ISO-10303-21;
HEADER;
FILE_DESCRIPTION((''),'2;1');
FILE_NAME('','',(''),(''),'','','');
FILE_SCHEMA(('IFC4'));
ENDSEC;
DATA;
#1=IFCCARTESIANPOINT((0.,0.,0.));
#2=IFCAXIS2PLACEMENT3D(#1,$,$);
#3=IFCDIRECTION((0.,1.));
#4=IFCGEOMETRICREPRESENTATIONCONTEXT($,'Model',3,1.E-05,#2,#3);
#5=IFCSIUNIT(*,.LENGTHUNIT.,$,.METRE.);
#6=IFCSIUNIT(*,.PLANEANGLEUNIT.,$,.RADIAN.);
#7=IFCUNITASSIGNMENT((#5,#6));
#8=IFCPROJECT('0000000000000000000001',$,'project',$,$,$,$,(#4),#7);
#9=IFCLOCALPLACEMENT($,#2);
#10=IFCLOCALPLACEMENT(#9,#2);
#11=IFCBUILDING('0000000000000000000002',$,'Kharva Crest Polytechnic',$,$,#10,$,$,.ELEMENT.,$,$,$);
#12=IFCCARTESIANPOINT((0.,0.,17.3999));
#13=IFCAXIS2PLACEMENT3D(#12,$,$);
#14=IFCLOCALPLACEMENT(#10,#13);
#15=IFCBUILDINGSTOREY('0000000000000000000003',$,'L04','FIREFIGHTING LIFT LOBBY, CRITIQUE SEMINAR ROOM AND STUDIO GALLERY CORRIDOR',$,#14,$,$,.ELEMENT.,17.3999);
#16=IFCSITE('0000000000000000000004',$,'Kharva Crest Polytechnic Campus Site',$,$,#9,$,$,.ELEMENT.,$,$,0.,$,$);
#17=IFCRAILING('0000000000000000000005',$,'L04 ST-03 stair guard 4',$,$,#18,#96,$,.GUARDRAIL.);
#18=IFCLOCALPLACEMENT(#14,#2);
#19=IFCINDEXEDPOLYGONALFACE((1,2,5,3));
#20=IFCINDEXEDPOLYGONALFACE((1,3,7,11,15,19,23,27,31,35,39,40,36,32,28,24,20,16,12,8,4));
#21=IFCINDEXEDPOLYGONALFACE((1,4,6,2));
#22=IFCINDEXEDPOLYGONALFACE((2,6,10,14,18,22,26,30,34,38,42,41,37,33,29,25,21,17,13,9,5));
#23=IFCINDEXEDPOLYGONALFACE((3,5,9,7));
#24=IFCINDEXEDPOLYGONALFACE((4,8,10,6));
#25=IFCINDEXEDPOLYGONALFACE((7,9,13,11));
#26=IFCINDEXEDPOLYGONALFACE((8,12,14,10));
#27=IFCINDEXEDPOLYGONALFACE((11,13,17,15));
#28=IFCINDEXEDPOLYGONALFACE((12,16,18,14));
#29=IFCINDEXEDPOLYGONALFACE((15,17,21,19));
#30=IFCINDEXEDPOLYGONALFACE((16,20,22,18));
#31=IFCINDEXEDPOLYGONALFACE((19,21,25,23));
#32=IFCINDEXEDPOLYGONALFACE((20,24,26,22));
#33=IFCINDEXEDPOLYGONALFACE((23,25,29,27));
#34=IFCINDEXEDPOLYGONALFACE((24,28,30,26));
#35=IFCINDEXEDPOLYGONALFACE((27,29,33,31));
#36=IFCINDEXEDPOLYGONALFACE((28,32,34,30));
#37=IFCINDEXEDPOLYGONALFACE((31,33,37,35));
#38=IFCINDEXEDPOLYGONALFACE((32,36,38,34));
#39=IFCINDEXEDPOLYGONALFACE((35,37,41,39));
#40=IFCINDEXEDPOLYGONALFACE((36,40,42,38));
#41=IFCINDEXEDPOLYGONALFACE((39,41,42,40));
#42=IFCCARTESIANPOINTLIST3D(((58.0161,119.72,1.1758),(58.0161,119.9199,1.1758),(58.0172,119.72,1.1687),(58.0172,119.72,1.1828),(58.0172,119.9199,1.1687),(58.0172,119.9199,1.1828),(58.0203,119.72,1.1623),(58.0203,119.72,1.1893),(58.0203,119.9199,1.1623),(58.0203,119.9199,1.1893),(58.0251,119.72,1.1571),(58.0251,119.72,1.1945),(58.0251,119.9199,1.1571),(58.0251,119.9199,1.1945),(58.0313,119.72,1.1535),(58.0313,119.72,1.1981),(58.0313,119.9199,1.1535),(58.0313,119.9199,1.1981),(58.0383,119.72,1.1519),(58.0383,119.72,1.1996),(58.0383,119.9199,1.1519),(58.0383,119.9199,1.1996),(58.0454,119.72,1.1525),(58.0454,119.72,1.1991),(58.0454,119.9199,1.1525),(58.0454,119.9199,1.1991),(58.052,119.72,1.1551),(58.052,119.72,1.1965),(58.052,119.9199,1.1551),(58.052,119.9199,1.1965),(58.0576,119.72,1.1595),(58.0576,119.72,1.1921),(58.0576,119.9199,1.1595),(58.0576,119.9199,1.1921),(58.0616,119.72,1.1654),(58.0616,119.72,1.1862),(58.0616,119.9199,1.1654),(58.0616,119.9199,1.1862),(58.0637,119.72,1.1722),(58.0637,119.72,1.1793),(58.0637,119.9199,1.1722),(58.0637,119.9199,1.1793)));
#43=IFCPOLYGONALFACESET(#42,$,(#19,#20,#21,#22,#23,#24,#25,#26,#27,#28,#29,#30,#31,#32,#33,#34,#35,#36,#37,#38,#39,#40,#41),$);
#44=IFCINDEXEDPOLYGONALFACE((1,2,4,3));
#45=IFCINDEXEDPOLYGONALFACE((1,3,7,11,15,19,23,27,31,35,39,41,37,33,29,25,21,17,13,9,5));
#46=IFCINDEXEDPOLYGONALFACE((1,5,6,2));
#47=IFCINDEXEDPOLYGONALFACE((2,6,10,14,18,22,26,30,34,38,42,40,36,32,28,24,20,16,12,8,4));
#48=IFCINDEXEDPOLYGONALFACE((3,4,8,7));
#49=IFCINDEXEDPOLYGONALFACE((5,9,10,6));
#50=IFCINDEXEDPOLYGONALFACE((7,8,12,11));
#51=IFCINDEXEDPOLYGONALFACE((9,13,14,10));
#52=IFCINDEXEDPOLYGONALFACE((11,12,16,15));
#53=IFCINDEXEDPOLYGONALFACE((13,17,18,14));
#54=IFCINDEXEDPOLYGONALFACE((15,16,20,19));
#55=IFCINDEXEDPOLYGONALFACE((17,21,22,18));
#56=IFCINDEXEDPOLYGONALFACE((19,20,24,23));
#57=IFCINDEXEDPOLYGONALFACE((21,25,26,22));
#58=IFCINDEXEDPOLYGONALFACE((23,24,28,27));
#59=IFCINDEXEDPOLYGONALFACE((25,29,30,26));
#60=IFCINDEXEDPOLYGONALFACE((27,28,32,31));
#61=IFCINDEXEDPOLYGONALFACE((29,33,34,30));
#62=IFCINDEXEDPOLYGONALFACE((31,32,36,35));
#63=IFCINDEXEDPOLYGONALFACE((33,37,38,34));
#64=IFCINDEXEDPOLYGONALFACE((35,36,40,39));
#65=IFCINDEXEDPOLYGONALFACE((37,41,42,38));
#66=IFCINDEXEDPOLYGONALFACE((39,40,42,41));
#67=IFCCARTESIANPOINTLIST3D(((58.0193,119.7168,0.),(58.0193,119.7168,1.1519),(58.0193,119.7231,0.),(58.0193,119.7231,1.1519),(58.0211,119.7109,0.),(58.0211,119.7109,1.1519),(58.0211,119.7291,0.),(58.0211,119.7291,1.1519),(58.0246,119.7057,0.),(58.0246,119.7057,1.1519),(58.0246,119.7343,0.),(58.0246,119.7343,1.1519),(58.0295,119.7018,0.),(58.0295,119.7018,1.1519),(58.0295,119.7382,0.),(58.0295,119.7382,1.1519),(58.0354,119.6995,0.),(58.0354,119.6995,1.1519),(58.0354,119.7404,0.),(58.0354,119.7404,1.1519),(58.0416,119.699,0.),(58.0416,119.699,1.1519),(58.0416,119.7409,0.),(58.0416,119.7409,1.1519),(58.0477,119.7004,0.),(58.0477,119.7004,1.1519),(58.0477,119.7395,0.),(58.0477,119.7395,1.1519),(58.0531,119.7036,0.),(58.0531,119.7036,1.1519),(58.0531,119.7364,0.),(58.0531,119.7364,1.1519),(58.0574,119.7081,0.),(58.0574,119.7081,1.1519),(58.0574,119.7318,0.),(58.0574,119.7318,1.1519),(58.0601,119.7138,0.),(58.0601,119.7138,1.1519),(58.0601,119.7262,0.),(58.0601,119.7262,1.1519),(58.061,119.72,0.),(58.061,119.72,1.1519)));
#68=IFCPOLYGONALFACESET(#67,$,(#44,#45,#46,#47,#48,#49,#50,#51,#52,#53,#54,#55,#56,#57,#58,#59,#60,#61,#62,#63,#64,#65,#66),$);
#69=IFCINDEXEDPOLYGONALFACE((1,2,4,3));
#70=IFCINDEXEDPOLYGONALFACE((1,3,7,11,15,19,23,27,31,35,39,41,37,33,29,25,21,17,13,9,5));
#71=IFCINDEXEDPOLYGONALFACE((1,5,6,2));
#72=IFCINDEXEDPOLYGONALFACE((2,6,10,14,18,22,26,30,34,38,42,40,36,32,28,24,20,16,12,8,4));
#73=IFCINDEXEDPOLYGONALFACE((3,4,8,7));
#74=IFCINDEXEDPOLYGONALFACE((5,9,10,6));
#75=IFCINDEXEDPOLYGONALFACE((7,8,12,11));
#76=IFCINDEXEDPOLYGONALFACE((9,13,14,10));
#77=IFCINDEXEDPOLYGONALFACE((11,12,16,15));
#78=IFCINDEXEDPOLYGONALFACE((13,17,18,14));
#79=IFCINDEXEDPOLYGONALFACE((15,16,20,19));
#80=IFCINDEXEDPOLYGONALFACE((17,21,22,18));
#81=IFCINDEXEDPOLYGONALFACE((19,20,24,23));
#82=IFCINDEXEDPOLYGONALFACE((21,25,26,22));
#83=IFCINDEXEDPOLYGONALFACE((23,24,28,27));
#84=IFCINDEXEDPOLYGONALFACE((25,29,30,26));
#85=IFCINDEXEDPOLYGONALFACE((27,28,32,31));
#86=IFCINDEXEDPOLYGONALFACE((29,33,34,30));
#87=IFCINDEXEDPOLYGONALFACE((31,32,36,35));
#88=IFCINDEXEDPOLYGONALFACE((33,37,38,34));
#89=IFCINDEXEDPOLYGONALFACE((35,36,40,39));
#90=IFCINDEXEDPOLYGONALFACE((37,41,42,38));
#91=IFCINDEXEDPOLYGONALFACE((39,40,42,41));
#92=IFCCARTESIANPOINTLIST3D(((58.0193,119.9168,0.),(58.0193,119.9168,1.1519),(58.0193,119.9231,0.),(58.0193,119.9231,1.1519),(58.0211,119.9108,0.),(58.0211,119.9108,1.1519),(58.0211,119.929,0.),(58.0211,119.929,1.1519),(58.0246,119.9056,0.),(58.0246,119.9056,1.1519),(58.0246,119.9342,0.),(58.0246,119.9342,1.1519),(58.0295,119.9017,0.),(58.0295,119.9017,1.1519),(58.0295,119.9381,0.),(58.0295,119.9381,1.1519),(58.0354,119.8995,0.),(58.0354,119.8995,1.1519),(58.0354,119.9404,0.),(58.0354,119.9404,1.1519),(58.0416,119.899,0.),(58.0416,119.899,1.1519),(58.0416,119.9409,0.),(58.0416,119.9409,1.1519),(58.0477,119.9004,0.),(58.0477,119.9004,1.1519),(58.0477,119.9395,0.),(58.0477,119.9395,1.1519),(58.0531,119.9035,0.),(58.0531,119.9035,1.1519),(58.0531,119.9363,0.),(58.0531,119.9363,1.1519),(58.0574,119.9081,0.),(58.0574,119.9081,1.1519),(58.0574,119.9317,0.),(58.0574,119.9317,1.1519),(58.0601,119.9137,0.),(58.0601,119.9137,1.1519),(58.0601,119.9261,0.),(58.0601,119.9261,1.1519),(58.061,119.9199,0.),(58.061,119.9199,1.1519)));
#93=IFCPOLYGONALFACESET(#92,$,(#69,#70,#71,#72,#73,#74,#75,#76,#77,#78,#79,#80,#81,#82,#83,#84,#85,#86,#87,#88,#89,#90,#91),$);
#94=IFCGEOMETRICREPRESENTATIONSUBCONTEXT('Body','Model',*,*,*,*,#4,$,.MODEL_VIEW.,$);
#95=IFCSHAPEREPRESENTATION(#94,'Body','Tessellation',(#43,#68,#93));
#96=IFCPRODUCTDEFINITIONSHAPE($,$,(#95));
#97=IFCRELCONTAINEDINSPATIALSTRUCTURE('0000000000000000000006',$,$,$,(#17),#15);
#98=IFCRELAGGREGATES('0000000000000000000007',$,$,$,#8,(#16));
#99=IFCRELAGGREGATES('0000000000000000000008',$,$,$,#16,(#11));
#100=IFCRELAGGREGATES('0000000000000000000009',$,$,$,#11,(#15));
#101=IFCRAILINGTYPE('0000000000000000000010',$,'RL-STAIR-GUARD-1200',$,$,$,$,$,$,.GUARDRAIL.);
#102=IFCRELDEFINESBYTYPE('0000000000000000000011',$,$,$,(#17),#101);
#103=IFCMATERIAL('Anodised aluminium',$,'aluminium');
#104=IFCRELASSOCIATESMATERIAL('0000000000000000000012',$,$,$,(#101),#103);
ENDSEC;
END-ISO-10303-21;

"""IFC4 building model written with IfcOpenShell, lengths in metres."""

from ifc_helpers import new_model, si_unit, direction, frame, origin, origin_2d, place, context, subcontext, project, spatial, circle, extrude, material, type_object, element, save


model = new_model("IFC4")

# Units and contexts
model_context = context("Model", 3, precision=1e-05, world=origin(), true_north=direction((0.0, 1.0)))
body_context = subcontext(model_context, "Body", "Model", "MODEL_VIEW")
ifc_project = project(units=[si_unit("LENGTHUNIT", "METRE"), si_unit("PLANEANGLEUNIT", "RADIAN")], contexts=[model_context])

# Site, building, storey
site_placement = place(None, origin())
site = spatial("IfcSite", under=ifc_project, at=site_placement, Name="Kharva Crest Polytechnic Campus Site", CompositionType="ELEMENT", RefElevation=0.0)
building_placement = place(site_placement, origin())
building = spatial("IfcBuilding", under=site, at=building_placement, Name="Kharva Crest Polytechnic", CompositionType="ELEMENT")
storey_placement = place(building_placement, frame((0.0, 0.0, 17.3999)))
storey = spatial("IfcBuildingStorey", under=building, at=storey_placement, Name="L04", Description="FIREFIGHTING LIFT LOBBY, CRITIQUE SEMINAR ROOM AND STUDIO GALLERY CORRIDOR", CompositionType="ELEMENT", Elevation=17.3999)

# Railing
ifc_material_1 = material(Name="Anodised aluminium", Category="aluminium")
railing_type_1 = type_object("IfcRailingType", Name="RL-STAIR-GUARD-1200", PredefinedType="GUARDRAIL", material=ifc_material_1)
railing_1_placement = place(storey_placement, frame((58.04, 119.72, 0.0)))
element("IfcRailing", 1, at=railing_1_placement, inside=storey, type_object=railing_type_1, Name="L04 ST-03 stair guard 4", PredefinedType="GUARDRAIL", context=body_context, shape_type="SweptSolid", body=[
    extrude(circle(Radius=0.0239, at=origin_2d()), frame((0.0, 0.0, 1.1758), z_axis=(0.0, 1.0, 0.0), x_axis=(-1.0, 0.0, 0.0)), (0.0, 0.0, 1.0), 0.2),
    extrude(circle(Radius=0.021, at=origin_2d()), origin(), (0.0, 0.0, 1.0), 1.1519),
    extrude(circle(Radius=0.021, at=origin_2d()), frame((0.0, 0.2, 0.0)), (0.0, 0.0, 1.0), 1.1519),
])

save(model, "model.ifc")
